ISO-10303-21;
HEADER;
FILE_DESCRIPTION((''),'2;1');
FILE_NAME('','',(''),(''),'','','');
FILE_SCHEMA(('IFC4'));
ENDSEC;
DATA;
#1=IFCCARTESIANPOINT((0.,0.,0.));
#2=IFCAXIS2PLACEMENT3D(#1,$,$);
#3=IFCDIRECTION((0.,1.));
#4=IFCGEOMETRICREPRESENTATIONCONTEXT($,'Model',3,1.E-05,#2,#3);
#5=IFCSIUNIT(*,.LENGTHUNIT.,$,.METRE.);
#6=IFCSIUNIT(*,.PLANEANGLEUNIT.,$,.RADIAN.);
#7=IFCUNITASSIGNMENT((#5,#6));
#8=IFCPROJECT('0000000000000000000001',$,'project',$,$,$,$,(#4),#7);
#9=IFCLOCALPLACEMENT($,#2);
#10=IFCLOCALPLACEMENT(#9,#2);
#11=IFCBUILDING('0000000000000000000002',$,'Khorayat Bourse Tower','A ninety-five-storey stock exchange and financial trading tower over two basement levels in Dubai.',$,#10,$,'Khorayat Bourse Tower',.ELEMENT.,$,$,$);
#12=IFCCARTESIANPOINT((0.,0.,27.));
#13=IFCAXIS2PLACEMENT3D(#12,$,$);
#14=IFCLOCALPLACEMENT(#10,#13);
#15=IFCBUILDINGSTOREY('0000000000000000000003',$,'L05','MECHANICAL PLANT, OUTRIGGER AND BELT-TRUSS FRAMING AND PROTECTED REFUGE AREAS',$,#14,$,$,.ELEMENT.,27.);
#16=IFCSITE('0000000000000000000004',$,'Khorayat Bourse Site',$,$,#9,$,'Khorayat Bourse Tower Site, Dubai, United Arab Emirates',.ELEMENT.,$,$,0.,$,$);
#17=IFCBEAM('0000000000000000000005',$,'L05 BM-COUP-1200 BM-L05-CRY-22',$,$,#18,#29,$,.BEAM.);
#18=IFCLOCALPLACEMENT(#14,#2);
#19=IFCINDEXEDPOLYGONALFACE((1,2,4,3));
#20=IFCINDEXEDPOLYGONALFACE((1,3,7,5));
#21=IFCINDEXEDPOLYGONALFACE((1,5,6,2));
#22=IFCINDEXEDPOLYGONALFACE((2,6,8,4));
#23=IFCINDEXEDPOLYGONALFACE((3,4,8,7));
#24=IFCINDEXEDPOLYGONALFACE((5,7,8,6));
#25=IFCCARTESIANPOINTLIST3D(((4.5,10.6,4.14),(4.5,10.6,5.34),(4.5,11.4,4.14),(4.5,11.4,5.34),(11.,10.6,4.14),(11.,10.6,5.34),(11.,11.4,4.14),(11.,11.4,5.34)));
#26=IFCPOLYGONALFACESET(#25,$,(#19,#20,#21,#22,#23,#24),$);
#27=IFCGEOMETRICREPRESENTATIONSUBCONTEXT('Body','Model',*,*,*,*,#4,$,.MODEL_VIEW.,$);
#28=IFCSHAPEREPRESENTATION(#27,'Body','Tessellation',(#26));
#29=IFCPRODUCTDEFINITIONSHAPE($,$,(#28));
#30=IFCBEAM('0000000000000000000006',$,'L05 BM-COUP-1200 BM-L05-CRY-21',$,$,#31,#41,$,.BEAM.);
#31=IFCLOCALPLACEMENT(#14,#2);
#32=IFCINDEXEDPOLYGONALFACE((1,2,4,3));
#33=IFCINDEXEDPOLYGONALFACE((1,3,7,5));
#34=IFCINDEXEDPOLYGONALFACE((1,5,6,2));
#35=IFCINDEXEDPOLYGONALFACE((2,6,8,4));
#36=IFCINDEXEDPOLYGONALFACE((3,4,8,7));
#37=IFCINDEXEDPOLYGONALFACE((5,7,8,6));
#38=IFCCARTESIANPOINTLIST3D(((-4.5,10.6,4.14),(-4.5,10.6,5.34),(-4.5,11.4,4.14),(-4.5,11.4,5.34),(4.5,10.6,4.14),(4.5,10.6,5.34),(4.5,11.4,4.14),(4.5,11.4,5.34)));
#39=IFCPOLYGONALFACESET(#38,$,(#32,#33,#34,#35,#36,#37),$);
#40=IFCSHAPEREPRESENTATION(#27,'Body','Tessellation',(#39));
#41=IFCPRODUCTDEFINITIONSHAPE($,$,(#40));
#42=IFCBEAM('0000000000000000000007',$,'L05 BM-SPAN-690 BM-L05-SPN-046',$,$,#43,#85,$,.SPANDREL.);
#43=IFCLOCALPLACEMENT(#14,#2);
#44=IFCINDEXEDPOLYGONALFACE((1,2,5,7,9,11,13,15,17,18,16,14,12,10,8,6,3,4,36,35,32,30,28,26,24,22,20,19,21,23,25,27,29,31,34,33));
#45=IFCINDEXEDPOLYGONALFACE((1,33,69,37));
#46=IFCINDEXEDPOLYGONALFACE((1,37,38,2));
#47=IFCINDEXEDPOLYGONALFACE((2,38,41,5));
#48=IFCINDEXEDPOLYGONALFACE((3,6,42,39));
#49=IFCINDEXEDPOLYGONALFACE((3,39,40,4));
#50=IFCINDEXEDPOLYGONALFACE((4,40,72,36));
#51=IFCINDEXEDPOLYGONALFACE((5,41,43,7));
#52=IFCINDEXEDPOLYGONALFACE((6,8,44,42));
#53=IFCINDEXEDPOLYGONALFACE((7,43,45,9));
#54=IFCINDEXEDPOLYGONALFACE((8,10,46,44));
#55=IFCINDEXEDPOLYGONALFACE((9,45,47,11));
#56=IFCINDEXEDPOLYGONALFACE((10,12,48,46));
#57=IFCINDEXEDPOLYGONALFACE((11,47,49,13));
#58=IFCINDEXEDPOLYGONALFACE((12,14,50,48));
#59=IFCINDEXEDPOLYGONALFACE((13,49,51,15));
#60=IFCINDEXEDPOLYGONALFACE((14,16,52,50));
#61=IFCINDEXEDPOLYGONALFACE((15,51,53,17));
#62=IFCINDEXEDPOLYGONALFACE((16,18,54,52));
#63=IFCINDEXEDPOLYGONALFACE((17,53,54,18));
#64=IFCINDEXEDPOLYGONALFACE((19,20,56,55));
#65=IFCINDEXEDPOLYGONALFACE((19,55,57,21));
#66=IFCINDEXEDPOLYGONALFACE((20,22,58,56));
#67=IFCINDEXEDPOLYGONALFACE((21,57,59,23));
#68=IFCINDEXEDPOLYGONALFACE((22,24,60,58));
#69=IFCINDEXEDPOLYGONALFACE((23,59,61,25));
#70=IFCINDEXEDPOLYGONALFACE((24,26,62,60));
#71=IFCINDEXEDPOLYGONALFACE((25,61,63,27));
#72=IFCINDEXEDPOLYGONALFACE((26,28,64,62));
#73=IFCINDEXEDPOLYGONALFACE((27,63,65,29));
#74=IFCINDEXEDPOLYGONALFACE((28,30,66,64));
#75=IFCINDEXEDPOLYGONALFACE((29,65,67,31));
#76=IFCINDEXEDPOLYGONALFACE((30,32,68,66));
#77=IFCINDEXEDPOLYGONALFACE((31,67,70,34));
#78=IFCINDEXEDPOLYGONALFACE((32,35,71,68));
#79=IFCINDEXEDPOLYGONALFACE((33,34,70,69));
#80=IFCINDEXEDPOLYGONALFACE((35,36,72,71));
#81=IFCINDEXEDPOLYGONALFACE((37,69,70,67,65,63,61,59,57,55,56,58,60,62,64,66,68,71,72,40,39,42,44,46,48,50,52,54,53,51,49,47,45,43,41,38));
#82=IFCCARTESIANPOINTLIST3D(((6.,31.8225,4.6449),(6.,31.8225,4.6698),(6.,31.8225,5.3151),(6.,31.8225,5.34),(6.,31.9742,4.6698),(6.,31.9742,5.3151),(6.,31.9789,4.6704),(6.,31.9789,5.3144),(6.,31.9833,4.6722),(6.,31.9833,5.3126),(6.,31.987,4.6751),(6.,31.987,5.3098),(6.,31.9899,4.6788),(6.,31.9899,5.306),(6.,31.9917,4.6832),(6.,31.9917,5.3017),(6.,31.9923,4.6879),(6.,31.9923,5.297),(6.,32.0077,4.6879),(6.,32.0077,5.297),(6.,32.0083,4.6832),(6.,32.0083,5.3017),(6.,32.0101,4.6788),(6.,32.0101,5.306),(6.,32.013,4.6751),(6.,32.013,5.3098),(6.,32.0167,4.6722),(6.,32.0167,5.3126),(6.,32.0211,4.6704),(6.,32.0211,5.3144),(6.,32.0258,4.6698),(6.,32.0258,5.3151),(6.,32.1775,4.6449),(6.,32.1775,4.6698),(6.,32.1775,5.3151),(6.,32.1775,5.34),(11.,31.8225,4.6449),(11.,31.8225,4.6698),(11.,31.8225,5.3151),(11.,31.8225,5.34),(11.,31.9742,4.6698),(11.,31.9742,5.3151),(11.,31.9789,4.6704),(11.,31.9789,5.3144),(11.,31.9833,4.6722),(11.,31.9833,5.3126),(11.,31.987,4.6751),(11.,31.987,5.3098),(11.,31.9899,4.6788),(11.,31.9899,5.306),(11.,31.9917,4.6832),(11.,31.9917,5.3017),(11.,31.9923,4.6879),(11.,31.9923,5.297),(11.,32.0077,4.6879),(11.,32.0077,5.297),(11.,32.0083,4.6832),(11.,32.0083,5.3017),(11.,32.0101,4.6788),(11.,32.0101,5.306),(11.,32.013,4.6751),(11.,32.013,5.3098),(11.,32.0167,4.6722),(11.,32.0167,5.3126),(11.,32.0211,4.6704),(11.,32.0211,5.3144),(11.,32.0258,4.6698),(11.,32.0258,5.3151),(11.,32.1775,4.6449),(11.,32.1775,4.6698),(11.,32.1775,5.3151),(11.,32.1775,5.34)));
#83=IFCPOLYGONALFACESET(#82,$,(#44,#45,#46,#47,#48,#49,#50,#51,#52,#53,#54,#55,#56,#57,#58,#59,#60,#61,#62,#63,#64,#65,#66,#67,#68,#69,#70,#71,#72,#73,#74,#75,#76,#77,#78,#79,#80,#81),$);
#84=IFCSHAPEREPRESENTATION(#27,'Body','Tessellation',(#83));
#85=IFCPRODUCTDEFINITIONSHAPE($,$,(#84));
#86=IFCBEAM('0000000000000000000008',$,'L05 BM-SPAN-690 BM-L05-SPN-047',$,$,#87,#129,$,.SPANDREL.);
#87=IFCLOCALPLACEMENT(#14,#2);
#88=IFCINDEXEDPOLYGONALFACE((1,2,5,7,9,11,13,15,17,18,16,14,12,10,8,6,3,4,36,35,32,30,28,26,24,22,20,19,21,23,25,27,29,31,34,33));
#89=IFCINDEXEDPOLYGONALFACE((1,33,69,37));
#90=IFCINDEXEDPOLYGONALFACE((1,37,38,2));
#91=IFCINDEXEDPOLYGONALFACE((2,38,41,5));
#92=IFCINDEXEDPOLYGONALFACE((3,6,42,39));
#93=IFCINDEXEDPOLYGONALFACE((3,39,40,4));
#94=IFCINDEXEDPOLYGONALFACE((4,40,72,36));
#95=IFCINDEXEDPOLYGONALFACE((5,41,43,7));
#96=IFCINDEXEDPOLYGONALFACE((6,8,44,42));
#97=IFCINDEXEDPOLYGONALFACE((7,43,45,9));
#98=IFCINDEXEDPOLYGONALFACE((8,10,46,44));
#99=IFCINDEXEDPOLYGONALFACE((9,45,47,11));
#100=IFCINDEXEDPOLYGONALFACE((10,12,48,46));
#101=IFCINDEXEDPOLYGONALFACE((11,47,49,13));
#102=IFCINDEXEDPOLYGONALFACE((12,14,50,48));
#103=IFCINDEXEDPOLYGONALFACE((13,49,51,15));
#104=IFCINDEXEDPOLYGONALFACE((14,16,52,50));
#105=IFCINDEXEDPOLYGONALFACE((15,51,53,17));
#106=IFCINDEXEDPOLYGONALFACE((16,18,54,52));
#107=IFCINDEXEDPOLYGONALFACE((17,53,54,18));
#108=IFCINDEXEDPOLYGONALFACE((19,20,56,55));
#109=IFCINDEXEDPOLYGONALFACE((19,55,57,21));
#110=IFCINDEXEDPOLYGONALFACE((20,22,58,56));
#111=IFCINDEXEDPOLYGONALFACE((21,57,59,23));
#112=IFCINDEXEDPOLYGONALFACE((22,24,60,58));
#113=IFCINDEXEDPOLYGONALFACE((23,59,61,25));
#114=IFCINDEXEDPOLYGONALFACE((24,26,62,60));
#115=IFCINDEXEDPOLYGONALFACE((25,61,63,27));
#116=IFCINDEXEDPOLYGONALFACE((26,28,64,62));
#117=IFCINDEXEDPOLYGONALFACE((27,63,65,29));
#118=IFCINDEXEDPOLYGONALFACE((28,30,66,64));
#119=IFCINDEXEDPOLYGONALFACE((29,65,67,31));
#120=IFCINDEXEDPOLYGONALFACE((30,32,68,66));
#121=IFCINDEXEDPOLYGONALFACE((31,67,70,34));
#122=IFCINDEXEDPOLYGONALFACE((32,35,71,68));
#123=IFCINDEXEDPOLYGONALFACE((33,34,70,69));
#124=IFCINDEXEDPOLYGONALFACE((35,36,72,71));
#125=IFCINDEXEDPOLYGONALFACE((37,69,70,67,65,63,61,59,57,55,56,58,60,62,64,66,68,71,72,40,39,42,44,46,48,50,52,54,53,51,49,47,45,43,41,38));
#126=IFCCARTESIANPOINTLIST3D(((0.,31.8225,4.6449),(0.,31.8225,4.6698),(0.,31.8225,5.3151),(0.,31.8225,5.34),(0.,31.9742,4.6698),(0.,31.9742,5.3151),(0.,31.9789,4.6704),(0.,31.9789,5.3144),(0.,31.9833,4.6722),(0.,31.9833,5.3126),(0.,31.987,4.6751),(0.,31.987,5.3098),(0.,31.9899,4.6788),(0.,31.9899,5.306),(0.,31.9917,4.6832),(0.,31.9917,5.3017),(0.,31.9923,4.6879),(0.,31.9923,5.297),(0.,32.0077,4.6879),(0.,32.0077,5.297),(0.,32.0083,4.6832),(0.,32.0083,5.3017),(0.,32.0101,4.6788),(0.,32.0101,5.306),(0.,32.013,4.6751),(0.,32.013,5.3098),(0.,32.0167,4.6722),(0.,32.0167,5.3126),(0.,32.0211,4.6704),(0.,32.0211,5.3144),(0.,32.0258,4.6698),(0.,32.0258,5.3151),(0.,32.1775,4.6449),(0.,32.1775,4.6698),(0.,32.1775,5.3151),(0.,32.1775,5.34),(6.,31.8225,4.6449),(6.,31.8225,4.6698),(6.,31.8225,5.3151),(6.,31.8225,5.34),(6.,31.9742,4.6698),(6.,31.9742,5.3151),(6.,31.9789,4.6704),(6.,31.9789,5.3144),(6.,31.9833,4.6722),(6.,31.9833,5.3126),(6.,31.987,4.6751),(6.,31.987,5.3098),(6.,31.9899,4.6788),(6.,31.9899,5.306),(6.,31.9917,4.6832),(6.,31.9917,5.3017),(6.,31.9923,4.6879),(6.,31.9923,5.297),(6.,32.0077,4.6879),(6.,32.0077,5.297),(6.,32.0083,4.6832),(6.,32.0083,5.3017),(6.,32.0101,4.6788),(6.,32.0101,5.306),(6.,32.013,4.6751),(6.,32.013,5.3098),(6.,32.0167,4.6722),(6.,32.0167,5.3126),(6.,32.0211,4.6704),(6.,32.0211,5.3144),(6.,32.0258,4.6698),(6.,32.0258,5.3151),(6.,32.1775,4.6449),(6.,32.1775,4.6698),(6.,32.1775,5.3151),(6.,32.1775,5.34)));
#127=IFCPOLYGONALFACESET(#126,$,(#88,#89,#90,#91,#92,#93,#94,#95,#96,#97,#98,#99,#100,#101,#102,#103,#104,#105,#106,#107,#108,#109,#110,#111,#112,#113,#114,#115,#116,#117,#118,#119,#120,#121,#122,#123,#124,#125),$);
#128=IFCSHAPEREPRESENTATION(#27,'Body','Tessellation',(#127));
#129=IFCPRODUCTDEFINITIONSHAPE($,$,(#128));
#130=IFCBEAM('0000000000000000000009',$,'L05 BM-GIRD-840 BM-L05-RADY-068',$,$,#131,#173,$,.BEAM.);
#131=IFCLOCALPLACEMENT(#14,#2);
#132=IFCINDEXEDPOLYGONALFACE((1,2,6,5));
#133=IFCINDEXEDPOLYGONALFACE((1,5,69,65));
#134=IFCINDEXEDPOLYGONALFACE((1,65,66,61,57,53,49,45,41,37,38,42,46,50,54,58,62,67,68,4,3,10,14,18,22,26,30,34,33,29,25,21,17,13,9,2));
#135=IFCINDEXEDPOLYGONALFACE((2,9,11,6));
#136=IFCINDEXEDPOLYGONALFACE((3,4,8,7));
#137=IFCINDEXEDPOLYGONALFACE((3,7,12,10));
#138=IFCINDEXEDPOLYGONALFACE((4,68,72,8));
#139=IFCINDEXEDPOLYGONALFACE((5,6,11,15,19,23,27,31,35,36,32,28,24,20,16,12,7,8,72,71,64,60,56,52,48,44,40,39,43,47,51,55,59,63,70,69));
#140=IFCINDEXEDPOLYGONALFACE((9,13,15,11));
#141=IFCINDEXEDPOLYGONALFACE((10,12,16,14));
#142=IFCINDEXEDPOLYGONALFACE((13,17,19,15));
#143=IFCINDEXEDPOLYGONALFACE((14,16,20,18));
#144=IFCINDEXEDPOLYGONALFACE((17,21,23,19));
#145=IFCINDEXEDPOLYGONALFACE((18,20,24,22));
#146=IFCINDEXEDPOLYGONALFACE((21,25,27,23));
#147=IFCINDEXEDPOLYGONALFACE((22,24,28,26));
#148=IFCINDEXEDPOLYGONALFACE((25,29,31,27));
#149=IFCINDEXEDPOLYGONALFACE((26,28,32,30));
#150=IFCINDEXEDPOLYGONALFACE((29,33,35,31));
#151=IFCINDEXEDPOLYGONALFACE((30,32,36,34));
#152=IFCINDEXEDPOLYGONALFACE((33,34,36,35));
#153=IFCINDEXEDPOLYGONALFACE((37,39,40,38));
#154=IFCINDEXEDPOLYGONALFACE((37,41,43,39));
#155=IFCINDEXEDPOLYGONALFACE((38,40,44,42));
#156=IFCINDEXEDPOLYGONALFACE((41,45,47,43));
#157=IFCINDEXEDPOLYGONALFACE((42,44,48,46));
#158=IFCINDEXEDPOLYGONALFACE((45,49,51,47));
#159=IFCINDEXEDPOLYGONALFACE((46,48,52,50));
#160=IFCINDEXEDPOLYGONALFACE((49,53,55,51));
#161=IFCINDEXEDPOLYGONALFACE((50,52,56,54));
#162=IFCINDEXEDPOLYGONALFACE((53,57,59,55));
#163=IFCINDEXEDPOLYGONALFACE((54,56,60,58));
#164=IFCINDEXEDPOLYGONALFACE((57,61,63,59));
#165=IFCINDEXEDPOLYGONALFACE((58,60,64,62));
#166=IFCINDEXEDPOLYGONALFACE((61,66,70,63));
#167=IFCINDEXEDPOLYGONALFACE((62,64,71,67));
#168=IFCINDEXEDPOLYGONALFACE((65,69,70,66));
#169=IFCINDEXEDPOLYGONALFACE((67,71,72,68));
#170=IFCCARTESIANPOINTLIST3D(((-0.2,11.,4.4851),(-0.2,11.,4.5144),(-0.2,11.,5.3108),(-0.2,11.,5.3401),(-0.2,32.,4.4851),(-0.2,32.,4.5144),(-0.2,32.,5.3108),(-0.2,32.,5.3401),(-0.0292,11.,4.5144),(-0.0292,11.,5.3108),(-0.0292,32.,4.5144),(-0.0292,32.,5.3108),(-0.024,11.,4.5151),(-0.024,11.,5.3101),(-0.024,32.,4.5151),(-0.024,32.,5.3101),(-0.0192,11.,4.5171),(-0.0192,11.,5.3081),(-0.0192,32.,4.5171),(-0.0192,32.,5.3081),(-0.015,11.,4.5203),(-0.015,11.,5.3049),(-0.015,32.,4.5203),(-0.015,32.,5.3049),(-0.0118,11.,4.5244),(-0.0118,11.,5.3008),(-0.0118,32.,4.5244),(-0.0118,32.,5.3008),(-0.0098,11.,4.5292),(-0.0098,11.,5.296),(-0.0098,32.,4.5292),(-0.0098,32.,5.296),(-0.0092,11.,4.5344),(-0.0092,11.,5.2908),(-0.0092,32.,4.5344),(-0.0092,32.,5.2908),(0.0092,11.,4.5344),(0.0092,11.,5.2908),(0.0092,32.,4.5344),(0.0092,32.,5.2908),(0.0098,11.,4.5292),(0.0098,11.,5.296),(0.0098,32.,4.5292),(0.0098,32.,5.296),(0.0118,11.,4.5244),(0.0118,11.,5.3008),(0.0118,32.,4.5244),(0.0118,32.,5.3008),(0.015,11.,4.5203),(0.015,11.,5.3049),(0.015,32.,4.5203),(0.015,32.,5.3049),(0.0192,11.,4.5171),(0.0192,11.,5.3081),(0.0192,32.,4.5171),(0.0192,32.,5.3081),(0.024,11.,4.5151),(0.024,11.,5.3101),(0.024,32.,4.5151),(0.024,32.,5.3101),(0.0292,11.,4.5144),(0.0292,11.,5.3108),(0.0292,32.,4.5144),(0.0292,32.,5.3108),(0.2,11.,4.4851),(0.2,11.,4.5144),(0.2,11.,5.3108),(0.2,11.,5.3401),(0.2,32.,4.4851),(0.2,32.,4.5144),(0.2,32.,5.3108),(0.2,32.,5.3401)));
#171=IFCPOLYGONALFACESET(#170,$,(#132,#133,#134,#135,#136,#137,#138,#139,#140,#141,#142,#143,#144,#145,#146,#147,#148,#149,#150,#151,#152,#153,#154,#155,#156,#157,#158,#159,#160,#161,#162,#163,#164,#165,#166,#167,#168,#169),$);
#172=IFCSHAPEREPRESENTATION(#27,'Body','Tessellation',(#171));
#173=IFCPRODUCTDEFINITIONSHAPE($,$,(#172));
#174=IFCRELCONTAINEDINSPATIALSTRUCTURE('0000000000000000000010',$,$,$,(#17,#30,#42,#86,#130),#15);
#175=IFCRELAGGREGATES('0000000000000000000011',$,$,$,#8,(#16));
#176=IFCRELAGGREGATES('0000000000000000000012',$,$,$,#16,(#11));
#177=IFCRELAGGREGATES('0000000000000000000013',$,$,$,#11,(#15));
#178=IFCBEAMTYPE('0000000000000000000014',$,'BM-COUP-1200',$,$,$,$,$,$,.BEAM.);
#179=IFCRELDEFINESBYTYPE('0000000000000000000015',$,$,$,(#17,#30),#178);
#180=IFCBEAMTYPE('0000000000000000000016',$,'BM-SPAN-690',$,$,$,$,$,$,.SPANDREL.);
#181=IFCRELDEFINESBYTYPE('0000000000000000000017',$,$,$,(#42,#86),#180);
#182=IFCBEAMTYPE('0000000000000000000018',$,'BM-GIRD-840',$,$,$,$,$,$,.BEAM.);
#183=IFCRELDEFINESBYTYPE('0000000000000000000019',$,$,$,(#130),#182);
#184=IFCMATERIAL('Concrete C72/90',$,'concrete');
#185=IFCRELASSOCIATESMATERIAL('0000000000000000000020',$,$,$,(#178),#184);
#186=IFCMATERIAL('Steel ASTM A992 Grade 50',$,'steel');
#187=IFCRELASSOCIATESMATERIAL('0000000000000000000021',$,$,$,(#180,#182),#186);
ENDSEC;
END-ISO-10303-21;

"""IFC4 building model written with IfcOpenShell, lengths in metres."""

from ifc_helpers import new_model, si_unit, direction, frame, origin, origin_2d, place, context, subcontext, project, spatial, rectangle, i_section, extrude, source, transform, mapped, material, material_profile, profile_set, type_object, element, save


model = new_model("IFC4")

# Units and contexts
model_context = context("Model", 3, precision=1e-05, world=origin(), true_north=direction((0.0, 1.0)))
body_context = subcontext(model_context, "Body", "Model", "MODEL_VIEW")
ifc_project = project(units=[si_unit("LENGTHUNIT", "METRE"), si_unit("PLANEANGLEUNIT", "RADIAN")], contexts=[model_context])

# Site, building, storey
site_placement = place(None, origin())
site = spatial("IfcSite", under=ifc_project, at=site_placement, Name="Khorayat Bourse Site", LongName="Khorayat Bourse Tower Site, Dubai, United Arab Emirates", CompositionType="ELEMENT", RefElevation=0.0)
building_placement = place(site_placement, origin())
building = spatial("IfcBuilding", under=site, at=building_placement, Name="Khorayat Bourse Tower", Description="A ninety-five-storey stock exchange and financial trading tower over two basement levels in Dubai.", LongName="Khorayat Bourse Tower", CompositionType="ELEMENT")
storey_placement = place(building_placement, frame((0.0, 0.0, 27.0)))
storey = spatial("IfcBuildingStorey", under=building, at=storey_placement, Name="L05", Description="MECHANICAL PLANT, OUTRIGGER AND BELT-TRUSS FRAMING AND PROTECTED REFUGE AREAS", CompositionType="ELEMENT", Elevation=27.0)

# Shared definitions
ifc_material_1 = material(Name="Concrete C72/90", Category="concrete")

# Beams
ifc_material_profile_1 = material_profile(ifc_material_1, rectangle(XDim=0.8, YDim=1.2, at=origin_2d()), Name="RC 800x1200")
ifc_profile_set_1 = profile_set([ifc_material_profile_1], Name="Concrete C72/90")
beam_type_1 = type_object("IfcBeamType", Name="BM-COUP-1200", PredefinedType="BEAM", material=ifc_profile_set_1)
ifc_material_2 = material(Name="Steel ASTM A992 Grade 50", Category="steel")
shared_shape_1 = source(origin(), body_context, "Body", "SweptSolid", [
    extrude(rectangle(XDim=0.8, YDim=1.2, at=origin_2d()), origin(), (0.0, 0.0, 1.0), 6.5),
])
beam_1_placement = place(storey_placement, frame((4.5, 11.0, 4.74), z_axis=(1.0, 0.0, 0.0), x_axis=(0.0, 1.0, 0.0)))
element("IfcBeam", 1, at=beam_1_placement, inside=storey, type_object=beam_type_1, Name="L05 BM-COUP-1200 BM-L05-CRY-22", PredefinedType="BEAM", context=body_context, shape_type="MappedRepresentation", body=[
    mapped(shared_shape_1, transform((0.0, 0.0, 0.0), scale=1.0)),
])
shared_shape_2 = source(origin(), body_context, "Body", "SweptSolid", [
    extrude(rectangle(XDim=0.8, YDim=1.2, at=origin_2d()), origin(), (0.0, 0.0, 1.0), 9.0),
])
beam_2_placement = place(storey_placement, frame((-4.5, 11.0, 4.74), z_axis=(1.0, 0.0, 0.0), x_axis=(0.0, 1.0, 0.0)))
element("IfcBeam", 2, at=beam_2_placement, inside=storey, type_object=beam_type_1, Name="L05 BM-COUP-1200 BM-L05-CRY-21", PredefinedType="BEAM", context=body_context, shape_type="MappedRepresentation", body=[
    mapped(shared_shape_2, transform((0.0, 0.0, 0.0), scale=1.0)),
])
ifc_material_profile_2 = material_profile(ifc_material_2, i_section(OverallWidth=0.355, OverallDepth=0.6951, WebThickness=0.0154, FlangeThickness=0.0249, FilletRadius=0.0181, at=origin_2d()), Name="W690X217")
ifc_profile_set_2 = profile_set([ifc_material_profile_2], Name="Steel ASTM A992 Grade 50")
beam_type_2 = type_object("IfcBeamType", Name="BM-SPAN-690", PredefinedType="SPANDREL", material=ifc_profile_set_2)
shared_shape_3 = source(origin(), body_context, "Body", "SweptSolid", [
    extrude(i_section(OverallWidth=0.355, OverallDepth=0.6951, WebThickness=0.0154, FlangeThickness=0.0249, FilletRadius=0.0181, at=origin_2d()), origin(), (0.0, 0.0, 1.0), 5.0),
])
beam_3_placement = place(storey_placement, frame((6.0, 32.0, 4.9924), z_axis=(1.0, 0.0, 0.0), x_axis=(0.0, 1.0, 0.0)))
element("IfcBeam", 3, at=beam_3_placement, inside=storey, type_object=beam_type_2, Name="L05 BM-SPAN-690 BM-L05-SPN-046", PredefinedType="SPANDREL", context=body_context, shape_type="MappedRepresentation", body=[
    mapped(shared_shape_3, transform((0.0, 0.0, 0.0), scale=1.0)),
])
shared_shape_4 = source(origin(), body_context, "Body", "SweptSolid", [
    extrude(i_section(OverallWidth=0.355, OverallDepth=0.6951, WebThickness=0.0154, FlangeThickness=0.0249, FilletRadius=0.0181, at=origin_2d()), origin(), (0.0, 0.0, 1.0), 6.0),
])
beam_4_placement = place(storey_placement, frame((0.0, 32.0, 4.9924), z_axis=(1.0, 0.0, 0.0), x_axis=(0.0, 1.0, 0.0)))
element("IfcBeam", 4, at=beam_4_placement, inside=storey, type_object=beam_type_2, Name="L05 BM-SPAN-690 BM-L05-SPN-047", PredefinedType="SPANDREL", context=body_context, shape_type="MappedRepresentation", body=[
    mapped(shared_shape_4, transform((0.0, 0.0, 0.0), scale=1.0)),
])
ifc_material_profile_3 = material_profile(ifc_material_2, i_section(OverallWidth=0.3999, OverallDepth=0.855, WebThickness=0.0183, FlangeThickness=0.0293, FilletRadius=0.02, at=origin_2d()), Name="W840X299")
ifc_profile_set_3 = profile_set([ifc_material_profile_3], Name="Steel ASTM A992 Grade 50")
beam_type_3 = type_object("IfcBeamType", Name="BM-GIRD-840", PredefinedType="BEAM", material=ifc_profile_set_3)
shared_shape_5 = source(origin(), body_context, "Body", "SweptSolid", [
    extrude(i_section(OverallWidth=0.3999, OverallDepth=0.855, WebThickness=0.0183, FlangeThickness=0.0293, FilletRadius=0.02, at=origin_2d()), origin(), (0.0, 0.0, 1.0), 21.0),
])
for number, where, z_axis, x_axis, name in (
    (5, (0.0, 11.0, 4.9126), (0.0, 1.0, 0.0), (-1.0, 0.0, 0.0), "L05 BM-GIRD-840 BM-L05-RADY-068"),
):
    element("IfcBeam", number, at=place(storey_placement, frame(where, z_axis=z_axis, x_axis=x_axis)), inside=storey, type_object=beam_type_3, Name=name, PredefinedType="BEAM", context=body_context, shape_type="MappedRepresentation", body=[
        mapped(shared_shape_5, transform((0.0, 0.0, 0.0), scale=1.0)),
    ])

save(model, "model.ifc")
